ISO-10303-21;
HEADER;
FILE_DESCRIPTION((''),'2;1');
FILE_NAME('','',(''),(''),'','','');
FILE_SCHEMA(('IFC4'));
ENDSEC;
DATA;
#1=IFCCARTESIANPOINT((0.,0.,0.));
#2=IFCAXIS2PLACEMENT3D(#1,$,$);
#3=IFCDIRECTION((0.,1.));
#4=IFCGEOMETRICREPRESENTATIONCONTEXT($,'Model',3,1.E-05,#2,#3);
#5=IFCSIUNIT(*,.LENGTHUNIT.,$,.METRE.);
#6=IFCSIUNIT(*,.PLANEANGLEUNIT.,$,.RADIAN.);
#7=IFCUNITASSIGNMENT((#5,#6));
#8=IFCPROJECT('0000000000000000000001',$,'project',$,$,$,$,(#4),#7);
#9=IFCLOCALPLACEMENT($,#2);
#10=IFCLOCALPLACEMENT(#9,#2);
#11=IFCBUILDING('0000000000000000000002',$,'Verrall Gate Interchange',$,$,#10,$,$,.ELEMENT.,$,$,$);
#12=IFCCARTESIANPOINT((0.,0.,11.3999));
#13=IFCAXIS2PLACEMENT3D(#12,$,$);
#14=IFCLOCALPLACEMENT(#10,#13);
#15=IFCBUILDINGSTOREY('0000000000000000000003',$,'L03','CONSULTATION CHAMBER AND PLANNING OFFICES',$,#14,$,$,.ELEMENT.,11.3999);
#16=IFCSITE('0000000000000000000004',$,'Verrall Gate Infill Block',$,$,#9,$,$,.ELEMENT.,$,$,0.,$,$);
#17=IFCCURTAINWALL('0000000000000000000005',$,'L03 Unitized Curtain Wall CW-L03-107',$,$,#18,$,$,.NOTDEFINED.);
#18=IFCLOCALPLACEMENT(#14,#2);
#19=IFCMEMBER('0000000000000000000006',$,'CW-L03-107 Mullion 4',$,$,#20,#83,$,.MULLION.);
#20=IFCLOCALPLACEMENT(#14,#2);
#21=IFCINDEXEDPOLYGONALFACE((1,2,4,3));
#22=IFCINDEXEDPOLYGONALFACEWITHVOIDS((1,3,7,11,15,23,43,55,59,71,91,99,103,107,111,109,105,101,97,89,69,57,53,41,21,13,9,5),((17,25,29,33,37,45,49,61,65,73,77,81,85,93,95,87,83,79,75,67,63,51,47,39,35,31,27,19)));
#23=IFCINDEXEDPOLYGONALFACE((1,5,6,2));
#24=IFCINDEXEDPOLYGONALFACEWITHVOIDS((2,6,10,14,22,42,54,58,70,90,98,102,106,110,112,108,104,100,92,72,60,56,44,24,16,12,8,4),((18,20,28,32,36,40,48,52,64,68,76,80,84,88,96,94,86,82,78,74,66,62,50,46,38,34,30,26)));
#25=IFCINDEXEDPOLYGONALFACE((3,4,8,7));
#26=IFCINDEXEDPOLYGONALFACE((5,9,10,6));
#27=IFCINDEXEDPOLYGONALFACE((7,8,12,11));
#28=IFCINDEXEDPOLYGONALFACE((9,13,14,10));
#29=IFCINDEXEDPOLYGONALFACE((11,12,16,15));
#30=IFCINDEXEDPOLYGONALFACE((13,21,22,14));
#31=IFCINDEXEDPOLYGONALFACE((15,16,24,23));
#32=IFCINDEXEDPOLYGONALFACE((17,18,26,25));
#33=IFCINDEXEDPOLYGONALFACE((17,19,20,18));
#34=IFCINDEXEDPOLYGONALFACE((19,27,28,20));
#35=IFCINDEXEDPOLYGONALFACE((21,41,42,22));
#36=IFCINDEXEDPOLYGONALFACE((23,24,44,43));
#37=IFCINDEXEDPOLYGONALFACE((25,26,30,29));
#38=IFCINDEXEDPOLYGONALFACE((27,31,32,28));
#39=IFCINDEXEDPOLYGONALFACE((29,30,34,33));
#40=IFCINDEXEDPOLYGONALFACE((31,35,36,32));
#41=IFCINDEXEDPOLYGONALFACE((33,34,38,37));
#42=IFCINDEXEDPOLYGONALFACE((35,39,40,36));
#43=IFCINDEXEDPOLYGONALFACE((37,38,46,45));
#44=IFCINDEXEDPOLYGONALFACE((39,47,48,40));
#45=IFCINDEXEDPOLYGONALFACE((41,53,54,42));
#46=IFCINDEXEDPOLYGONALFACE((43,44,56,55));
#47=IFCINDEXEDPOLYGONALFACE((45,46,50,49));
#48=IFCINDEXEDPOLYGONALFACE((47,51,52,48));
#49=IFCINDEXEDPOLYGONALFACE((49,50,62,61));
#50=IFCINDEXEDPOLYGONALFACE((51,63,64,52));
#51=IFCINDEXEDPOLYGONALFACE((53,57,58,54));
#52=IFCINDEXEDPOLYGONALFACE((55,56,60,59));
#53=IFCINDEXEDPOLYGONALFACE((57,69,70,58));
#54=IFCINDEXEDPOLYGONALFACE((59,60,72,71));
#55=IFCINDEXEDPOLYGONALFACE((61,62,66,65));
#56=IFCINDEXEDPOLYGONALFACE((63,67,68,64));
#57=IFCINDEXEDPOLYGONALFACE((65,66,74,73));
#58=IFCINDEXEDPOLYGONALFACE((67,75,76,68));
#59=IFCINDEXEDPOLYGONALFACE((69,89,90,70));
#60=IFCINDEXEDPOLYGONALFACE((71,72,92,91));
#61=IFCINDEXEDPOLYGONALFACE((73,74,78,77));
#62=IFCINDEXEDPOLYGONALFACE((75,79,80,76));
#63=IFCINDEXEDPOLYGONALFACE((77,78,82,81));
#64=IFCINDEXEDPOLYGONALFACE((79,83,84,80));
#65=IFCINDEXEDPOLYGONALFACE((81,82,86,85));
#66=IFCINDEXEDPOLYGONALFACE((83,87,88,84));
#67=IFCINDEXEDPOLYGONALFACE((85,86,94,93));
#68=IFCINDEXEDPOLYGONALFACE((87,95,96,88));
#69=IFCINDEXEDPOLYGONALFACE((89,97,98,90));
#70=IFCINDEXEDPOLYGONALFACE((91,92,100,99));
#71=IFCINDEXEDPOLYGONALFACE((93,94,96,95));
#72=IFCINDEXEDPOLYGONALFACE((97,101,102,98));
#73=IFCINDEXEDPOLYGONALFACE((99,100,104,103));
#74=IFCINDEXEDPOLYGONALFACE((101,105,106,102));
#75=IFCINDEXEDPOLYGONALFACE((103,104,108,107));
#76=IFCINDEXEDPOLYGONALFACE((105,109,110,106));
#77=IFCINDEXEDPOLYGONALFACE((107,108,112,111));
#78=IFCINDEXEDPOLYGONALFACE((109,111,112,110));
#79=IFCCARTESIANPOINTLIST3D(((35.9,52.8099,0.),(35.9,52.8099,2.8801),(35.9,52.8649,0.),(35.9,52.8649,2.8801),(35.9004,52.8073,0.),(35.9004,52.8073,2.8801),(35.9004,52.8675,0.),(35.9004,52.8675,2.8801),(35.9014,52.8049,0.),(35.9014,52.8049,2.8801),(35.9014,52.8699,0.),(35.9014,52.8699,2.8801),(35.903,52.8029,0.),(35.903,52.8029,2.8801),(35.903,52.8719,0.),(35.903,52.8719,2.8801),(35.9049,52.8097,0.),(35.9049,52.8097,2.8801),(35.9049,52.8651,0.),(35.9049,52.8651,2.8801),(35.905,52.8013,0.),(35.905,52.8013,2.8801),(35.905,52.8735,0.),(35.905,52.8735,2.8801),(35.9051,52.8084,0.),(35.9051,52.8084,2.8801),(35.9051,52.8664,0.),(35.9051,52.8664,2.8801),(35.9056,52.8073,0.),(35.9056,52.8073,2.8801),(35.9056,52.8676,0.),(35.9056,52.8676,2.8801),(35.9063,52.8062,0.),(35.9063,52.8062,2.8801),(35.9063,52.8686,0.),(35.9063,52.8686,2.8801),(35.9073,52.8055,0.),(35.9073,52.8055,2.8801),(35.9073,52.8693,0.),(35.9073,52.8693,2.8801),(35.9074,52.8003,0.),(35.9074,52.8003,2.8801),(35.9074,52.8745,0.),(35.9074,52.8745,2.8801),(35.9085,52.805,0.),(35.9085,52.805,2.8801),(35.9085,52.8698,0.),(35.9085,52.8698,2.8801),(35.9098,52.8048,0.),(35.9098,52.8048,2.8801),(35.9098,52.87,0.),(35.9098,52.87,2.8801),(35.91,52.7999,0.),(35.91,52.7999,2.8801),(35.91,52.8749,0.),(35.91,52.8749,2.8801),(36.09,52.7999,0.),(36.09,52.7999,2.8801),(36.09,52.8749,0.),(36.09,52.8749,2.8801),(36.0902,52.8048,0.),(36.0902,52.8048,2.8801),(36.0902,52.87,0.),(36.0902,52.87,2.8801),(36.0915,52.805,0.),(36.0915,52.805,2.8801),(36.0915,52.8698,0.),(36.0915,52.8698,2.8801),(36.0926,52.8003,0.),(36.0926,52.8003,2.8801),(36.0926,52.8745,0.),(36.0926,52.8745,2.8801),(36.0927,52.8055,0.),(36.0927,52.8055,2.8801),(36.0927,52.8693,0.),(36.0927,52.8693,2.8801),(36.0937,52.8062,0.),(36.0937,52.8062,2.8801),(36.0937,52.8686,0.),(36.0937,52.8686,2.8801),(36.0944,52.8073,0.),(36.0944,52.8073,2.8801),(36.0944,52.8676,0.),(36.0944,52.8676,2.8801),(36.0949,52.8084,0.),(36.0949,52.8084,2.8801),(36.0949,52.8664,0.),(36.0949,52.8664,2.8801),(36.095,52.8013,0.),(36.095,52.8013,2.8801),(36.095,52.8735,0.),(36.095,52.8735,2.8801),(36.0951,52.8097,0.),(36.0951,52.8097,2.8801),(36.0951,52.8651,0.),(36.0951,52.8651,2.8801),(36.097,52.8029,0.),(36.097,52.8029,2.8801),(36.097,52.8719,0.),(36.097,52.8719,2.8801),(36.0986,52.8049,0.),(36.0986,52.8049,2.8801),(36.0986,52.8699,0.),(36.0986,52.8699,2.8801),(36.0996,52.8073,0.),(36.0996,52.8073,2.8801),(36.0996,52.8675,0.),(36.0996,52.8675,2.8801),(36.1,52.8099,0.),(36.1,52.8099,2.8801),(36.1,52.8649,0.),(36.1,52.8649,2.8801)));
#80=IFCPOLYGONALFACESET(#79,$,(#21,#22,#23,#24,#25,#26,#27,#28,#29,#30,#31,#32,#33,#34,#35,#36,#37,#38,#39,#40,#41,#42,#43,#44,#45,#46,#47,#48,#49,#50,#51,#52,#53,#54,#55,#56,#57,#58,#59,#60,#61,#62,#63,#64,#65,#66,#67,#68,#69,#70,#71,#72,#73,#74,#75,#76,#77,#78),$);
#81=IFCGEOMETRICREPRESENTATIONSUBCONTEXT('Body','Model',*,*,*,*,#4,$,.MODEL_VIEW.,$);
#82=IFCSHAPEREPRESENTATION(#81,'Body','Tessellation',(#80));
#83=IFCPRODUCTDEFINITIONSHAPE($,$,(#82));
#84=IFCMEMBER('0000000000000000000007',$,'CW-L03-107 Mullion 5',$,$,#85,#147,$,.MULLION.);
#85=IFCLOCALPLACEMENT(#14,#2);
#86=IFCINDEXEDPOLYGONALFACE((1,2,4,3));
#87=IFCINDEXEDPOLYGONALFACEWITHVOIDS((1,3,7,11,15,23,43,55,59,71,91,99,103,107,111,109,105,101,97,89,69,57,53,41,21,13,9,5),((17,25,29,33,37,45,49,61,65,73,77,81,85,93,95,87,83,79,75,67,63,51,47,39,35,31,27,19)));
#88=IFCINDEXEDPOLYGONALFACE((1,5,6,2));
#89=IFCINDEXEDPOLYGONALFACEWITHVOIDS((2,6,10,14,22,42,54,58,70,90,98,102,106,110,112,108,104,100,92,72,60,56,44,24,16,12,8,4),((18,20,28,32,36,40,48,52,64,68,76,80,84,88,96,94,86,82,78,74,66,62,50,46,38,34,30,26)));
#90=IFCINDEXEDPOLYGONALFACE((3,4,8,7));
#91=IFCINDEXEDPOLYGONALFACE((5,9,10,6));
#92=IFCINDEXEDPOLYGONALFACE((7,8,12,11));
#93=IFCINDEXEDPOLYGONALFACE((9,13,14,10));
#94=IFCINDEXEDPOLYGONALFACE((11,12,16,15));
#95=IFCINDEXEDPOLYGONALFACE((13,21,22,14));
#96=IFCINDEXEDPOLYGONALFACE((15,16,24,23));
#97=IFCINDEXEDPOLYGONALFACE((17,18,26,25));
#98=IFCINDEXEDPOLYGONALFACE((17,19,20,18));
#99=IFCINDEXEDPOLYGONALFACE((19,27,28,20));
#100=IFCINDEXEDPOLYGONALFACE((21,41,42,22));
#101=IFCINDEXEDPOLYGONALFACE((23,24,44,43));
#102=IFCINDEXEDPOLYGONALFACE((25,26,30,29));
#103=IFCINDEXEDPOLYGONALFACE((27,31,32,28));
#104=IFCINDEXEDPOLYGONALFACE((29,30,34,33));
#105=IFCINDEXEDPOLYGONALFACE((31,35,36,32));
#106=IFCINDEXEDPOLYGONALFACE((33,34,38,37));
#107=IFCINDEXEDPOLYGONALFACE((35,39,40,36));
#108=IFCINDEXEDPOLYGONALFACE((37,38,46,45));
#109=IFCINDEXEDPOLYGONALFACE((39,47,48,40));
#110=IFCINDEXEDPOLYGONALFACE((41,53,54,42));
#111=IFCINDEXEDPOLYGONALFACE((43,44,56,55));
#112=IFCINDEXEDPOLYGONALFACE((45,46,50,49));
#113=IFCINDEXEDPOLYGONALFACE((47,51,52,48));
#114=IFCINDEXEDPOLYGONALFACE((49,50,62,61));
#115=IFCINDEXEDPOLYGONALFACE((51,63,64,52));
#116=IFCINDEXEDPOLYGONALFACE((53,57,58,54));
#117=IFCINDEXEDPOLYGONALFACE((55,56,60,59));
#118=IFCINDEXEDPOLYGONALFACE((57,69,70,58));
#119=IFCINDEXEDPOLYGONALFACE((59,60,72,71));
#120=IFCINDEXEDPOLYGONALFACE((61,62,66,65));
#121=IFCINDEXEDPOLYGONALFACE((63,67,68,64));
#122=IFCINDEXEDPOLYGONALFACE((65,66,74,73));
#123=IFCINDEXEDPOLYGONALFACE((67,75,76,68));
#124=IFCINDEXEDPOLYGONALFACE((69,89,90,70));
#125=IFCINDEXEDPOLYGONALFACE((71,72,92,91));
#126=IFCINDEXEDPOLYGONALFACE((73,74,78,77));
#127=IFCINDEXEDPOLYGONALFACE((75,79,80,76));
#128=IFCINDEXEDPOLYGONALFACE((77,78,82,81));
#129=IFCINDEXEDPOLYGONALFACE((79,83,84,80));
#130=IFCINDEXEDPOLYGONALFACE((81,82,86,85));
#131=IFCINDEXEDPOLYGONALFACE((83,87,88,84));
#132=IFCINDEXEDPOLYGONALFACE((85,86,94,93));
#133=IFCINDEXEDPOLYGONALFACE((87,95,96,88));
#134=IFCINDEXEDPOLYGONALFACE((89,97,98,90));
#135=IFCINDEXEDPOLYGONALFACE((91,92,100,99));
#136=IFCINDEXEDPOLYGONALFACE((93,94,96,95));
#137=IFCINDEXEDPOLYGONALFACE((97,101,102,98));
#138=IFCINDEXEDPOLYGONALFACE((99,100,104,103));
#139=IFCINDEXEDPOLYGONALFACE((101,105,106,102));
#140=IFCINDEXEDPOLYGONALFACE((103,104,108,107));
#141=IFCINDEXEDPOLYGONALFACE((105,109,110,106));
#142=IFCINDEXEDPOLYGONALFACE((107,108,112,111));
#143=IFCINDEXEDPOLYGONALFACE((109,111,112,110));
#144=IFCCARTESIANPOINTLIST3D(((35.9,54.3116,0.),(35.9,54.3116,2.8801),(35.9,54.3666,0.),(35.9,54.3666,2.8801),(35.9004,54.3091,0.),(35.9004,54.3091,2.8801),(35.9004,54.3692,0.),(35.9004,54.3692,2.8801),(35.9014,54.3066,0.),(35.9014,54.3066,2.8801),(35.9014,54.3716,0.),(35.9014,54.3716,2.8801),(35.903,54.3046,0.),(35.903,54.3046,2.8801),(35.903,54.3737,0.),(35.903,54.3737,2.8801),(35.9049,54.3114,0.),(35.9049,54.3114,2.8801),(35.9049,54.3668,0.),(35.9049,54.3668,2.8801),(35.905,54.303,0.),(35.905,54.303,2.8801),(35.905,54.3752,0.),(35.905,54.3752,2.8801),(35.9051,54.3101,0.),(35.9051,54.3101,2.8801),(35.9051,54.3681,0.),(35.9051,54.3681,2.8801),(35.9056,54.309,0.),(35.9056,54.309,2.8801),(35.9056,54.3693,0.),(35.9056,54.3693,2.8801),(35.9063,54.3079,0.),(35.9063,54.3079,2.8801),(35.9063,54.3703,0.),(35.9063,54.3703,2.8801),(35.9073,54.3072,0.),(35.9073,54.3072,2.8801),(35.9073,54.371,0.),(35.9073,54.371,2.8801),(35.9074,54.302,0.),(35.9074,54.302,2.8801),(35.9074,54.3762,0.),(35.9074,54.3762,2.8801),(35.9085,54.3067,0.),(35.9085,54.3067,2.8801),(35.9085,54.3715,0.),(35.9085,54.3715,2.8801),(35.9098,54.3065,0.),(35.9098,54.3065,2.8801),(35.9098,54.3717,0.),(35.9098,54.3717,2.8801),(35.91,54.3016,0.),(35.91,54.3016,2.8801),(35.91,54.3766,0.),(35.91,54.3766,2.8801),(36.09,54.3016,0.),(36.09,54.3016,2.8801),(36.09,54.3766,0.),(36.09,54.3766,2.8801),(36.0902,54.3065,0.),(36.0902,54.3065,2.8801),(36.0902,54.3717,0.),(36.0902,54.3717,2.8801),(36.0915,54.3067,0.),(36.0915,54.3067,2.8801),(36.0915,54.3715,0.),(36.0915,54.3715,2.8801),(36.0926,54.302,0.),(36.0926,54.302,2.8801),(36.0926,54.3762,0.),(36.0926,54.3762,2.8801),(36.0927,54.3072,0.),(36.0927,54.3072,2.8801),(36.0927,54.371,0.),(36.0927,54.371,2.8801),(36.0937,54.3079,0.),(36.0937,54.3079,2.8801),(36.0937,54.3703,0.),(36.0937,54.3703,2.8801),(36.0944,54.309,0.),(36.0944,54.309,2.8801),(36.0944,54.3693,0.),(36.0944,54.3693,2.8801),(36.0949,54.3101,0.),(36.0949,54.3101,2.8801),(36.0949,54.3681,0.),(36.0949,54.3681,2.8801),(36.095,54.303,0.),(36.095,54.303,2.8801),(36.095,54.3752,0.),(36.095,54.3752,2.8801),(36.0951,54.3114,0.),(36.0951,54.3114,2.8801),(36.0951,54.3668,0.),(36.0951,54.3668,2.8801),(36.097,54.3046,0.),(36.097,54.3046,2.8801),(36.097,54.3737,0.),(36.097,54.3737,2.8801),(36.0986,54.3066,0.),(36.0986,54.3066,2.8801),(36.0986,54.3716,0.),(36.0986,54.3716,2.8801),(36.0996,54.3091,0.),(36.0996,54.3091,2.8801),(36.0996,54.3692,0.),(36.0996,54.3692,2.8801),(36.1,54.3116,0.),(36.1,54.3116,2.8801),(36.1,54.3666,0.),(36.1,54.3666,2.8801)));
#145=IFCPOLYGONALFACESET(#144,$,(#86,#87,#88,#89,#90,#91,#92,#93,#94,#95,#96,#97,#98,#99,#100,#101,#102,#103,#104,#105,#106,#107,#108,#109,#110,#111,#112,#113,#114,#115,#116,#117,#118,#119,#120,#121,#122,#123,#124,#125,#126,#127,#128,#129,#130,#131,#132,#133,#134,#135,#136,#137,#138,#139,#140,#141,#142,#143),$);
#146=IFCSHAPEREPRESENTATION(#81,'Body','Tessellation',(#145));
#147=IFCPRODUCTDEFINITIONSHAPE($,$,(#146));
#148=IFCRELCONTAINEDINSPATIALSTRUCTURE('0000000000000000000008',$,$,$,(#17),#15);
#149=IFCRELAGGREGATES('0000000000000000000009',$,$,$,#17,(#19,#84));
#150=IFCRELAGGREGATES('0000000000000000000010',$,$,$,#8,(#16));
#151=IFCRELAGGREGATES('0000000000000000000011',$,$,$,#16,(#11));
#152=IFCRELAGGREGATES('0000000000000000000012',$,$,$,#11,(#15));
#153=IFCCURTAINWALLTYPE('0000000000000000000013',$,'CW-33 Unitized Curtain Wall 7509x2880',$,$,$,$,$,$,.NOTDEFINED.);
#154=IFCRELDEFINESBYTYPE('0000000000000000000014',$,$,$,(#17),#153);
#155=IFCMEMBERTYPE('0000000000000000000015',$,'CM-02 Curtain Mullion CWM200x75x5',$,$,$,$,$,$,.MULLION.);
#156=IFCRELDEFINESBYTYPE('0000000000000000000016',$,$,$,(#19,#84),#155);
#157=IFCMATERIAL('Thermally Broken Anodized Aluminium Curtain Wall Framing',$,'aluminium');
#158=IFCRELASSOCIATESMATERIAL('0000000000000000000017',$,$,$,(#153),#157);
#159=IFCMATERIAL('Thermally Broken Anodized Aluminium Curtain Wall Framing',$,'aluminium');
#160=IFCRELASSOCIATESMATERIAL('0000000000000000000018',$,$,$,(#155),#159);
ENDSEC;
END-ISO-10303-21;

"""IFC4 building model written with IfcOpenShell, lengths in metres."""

from ifc_helpers import new_model, si_unit, direction, frame, origin, origin_2d, place, context, subcontext, project, spatial, hollow_rectangle, extrude, material, material_profile, profile_set, type_object, element, aggregate, save


model = new_model("IFC4")

# Units and contexts
model_context = context("Model", 3, precision=1e-05, world=origin(), true_north=direction((0.0, 1.0)))
body_context = subcontext(model_context, "Body", "Model", "MODEL_VIEW")
ifc_project = project(units=[si_unit("LENGTHUNIT", "METRE"), si_unit("PLANEANGLEUNIT", "RADIAN")], contexts=[model_context])

# Site, building, storey
site_placement = place(None, origin())
site = spatial("IfcSite", under=ifc_project, at=site_placement, Name="Verrall Gate Infill Block", CompositionType="ELEMENT", RefElevation=0.0)
building_placement = place(site_placement, origin())
building = spatial("IfcBuilding", under=site, at=building_placement, Name="Verrall Gate Interchange", CompositionType="ELEMENT")
storey_placement = place(building_placement, frame((0.0, 0.0, 11.3999)))
storey = spatial("IfcBuildingStorey", under=building, at=storey_placement, Name="L03", Description="CONSULTATION CHAMBER AND PLANNING OFFICES", CompositionType="ELEMENT", Elevation=11.3999)

# Curtain wall, members
ifc_material_1 = material(Name="Thermally Broken Anodized Aluminium Curtain Wall Framing", Category="aluminium")
curtain_wall_type = type_object("IfcCurtainWallType", Name="CW-33 Unitized Curtain Wall 7509x2880", PredefinedType="NOTDEFINED", material=ifc_material_1)
curtain_wall_placement = place(storey_placement, origin())
curtain_wall = element("IfcCurtainWall", 1, at=curtain_wall_placement, inside=storey, type_object=curtain_wall_type, Name="L03 Unitized Curtain Wall CW-L03-107", PredefinedType="NOTDEFINED")
ifc_material_2 = material(Name="Thermally Broken Anodized Aluminium Curtain Wall Framing", Category="aluminium")
ifc_material_profile_1 = material_profile(ifc_material_2, hollow_rectangle(XDim=0.075, YDim=0.2, WallThickness=0.0049, InnerFilletRadius=0.0049, OuterFilletRadius=0.01, at=origin_2d()), Name="CWM200x75x5")
ifc_profile_set_1 = profile_set([ifc_material_profile_1], Name="Thermally Broken Anodized Aluminium Curtain Wall Framing")
member_type_1 = type_object("IfcMemberType", Name="CM-02 Curtain Mullion CWM200x75x5", PredefinedType="MULLION", material=ifc_profile_set_1)
member_1_placement = place(storey_placement, frame((36.0, 52.8374, 0.0), z_axis=(0.0, 0.0, 1.0), x_axis=(0.0, 1.0, 0.0)))
member_1 = element("IfcMember", 2, at=member_1_placement, type_object=member_type_1, Name="CW-L03-107 Mullion 4", PredefinedType="MULLION", context=body_context, shape_type="SweptSolid", body=[
    extrude(hollow_rectangle(XDim=0.075, YDim=0.2, WallThickness=0.0049, InnerFilletRadius=0.0049, OuterFilletRadius=0.01, at=origin_2d()), origin(), (0.0, 0.0, 1.0), 2.8801),
])
member_2_placement = place(storey_placement, frame((36.0, 54.3391, 0.0), z_axis=(0.0, 0.0, 1.0), x_axis=(0.0, 1.0, 0.0)))
member_2 = element("IfcMember", 3, at=member_2_placement, type_object=member_type_1, Name="CW-L03-107 Mullion 5", PredefinedType="MULLION", context=body_context, shape_type="SweptSolid", body=[
    extrude(hollow_rectangle(XDim=0.075, YDim=0.2, WallThickness=0.0049, InnerFilletRadius=0.0049, OuterFilletRadius=0.01, at=origin_2d()), origin(), (0.0, 0.0, 1.0), 2.8801),
])

aggregate(curtain_wall, [member_1, member_2])

save(model, "model.ifc")
